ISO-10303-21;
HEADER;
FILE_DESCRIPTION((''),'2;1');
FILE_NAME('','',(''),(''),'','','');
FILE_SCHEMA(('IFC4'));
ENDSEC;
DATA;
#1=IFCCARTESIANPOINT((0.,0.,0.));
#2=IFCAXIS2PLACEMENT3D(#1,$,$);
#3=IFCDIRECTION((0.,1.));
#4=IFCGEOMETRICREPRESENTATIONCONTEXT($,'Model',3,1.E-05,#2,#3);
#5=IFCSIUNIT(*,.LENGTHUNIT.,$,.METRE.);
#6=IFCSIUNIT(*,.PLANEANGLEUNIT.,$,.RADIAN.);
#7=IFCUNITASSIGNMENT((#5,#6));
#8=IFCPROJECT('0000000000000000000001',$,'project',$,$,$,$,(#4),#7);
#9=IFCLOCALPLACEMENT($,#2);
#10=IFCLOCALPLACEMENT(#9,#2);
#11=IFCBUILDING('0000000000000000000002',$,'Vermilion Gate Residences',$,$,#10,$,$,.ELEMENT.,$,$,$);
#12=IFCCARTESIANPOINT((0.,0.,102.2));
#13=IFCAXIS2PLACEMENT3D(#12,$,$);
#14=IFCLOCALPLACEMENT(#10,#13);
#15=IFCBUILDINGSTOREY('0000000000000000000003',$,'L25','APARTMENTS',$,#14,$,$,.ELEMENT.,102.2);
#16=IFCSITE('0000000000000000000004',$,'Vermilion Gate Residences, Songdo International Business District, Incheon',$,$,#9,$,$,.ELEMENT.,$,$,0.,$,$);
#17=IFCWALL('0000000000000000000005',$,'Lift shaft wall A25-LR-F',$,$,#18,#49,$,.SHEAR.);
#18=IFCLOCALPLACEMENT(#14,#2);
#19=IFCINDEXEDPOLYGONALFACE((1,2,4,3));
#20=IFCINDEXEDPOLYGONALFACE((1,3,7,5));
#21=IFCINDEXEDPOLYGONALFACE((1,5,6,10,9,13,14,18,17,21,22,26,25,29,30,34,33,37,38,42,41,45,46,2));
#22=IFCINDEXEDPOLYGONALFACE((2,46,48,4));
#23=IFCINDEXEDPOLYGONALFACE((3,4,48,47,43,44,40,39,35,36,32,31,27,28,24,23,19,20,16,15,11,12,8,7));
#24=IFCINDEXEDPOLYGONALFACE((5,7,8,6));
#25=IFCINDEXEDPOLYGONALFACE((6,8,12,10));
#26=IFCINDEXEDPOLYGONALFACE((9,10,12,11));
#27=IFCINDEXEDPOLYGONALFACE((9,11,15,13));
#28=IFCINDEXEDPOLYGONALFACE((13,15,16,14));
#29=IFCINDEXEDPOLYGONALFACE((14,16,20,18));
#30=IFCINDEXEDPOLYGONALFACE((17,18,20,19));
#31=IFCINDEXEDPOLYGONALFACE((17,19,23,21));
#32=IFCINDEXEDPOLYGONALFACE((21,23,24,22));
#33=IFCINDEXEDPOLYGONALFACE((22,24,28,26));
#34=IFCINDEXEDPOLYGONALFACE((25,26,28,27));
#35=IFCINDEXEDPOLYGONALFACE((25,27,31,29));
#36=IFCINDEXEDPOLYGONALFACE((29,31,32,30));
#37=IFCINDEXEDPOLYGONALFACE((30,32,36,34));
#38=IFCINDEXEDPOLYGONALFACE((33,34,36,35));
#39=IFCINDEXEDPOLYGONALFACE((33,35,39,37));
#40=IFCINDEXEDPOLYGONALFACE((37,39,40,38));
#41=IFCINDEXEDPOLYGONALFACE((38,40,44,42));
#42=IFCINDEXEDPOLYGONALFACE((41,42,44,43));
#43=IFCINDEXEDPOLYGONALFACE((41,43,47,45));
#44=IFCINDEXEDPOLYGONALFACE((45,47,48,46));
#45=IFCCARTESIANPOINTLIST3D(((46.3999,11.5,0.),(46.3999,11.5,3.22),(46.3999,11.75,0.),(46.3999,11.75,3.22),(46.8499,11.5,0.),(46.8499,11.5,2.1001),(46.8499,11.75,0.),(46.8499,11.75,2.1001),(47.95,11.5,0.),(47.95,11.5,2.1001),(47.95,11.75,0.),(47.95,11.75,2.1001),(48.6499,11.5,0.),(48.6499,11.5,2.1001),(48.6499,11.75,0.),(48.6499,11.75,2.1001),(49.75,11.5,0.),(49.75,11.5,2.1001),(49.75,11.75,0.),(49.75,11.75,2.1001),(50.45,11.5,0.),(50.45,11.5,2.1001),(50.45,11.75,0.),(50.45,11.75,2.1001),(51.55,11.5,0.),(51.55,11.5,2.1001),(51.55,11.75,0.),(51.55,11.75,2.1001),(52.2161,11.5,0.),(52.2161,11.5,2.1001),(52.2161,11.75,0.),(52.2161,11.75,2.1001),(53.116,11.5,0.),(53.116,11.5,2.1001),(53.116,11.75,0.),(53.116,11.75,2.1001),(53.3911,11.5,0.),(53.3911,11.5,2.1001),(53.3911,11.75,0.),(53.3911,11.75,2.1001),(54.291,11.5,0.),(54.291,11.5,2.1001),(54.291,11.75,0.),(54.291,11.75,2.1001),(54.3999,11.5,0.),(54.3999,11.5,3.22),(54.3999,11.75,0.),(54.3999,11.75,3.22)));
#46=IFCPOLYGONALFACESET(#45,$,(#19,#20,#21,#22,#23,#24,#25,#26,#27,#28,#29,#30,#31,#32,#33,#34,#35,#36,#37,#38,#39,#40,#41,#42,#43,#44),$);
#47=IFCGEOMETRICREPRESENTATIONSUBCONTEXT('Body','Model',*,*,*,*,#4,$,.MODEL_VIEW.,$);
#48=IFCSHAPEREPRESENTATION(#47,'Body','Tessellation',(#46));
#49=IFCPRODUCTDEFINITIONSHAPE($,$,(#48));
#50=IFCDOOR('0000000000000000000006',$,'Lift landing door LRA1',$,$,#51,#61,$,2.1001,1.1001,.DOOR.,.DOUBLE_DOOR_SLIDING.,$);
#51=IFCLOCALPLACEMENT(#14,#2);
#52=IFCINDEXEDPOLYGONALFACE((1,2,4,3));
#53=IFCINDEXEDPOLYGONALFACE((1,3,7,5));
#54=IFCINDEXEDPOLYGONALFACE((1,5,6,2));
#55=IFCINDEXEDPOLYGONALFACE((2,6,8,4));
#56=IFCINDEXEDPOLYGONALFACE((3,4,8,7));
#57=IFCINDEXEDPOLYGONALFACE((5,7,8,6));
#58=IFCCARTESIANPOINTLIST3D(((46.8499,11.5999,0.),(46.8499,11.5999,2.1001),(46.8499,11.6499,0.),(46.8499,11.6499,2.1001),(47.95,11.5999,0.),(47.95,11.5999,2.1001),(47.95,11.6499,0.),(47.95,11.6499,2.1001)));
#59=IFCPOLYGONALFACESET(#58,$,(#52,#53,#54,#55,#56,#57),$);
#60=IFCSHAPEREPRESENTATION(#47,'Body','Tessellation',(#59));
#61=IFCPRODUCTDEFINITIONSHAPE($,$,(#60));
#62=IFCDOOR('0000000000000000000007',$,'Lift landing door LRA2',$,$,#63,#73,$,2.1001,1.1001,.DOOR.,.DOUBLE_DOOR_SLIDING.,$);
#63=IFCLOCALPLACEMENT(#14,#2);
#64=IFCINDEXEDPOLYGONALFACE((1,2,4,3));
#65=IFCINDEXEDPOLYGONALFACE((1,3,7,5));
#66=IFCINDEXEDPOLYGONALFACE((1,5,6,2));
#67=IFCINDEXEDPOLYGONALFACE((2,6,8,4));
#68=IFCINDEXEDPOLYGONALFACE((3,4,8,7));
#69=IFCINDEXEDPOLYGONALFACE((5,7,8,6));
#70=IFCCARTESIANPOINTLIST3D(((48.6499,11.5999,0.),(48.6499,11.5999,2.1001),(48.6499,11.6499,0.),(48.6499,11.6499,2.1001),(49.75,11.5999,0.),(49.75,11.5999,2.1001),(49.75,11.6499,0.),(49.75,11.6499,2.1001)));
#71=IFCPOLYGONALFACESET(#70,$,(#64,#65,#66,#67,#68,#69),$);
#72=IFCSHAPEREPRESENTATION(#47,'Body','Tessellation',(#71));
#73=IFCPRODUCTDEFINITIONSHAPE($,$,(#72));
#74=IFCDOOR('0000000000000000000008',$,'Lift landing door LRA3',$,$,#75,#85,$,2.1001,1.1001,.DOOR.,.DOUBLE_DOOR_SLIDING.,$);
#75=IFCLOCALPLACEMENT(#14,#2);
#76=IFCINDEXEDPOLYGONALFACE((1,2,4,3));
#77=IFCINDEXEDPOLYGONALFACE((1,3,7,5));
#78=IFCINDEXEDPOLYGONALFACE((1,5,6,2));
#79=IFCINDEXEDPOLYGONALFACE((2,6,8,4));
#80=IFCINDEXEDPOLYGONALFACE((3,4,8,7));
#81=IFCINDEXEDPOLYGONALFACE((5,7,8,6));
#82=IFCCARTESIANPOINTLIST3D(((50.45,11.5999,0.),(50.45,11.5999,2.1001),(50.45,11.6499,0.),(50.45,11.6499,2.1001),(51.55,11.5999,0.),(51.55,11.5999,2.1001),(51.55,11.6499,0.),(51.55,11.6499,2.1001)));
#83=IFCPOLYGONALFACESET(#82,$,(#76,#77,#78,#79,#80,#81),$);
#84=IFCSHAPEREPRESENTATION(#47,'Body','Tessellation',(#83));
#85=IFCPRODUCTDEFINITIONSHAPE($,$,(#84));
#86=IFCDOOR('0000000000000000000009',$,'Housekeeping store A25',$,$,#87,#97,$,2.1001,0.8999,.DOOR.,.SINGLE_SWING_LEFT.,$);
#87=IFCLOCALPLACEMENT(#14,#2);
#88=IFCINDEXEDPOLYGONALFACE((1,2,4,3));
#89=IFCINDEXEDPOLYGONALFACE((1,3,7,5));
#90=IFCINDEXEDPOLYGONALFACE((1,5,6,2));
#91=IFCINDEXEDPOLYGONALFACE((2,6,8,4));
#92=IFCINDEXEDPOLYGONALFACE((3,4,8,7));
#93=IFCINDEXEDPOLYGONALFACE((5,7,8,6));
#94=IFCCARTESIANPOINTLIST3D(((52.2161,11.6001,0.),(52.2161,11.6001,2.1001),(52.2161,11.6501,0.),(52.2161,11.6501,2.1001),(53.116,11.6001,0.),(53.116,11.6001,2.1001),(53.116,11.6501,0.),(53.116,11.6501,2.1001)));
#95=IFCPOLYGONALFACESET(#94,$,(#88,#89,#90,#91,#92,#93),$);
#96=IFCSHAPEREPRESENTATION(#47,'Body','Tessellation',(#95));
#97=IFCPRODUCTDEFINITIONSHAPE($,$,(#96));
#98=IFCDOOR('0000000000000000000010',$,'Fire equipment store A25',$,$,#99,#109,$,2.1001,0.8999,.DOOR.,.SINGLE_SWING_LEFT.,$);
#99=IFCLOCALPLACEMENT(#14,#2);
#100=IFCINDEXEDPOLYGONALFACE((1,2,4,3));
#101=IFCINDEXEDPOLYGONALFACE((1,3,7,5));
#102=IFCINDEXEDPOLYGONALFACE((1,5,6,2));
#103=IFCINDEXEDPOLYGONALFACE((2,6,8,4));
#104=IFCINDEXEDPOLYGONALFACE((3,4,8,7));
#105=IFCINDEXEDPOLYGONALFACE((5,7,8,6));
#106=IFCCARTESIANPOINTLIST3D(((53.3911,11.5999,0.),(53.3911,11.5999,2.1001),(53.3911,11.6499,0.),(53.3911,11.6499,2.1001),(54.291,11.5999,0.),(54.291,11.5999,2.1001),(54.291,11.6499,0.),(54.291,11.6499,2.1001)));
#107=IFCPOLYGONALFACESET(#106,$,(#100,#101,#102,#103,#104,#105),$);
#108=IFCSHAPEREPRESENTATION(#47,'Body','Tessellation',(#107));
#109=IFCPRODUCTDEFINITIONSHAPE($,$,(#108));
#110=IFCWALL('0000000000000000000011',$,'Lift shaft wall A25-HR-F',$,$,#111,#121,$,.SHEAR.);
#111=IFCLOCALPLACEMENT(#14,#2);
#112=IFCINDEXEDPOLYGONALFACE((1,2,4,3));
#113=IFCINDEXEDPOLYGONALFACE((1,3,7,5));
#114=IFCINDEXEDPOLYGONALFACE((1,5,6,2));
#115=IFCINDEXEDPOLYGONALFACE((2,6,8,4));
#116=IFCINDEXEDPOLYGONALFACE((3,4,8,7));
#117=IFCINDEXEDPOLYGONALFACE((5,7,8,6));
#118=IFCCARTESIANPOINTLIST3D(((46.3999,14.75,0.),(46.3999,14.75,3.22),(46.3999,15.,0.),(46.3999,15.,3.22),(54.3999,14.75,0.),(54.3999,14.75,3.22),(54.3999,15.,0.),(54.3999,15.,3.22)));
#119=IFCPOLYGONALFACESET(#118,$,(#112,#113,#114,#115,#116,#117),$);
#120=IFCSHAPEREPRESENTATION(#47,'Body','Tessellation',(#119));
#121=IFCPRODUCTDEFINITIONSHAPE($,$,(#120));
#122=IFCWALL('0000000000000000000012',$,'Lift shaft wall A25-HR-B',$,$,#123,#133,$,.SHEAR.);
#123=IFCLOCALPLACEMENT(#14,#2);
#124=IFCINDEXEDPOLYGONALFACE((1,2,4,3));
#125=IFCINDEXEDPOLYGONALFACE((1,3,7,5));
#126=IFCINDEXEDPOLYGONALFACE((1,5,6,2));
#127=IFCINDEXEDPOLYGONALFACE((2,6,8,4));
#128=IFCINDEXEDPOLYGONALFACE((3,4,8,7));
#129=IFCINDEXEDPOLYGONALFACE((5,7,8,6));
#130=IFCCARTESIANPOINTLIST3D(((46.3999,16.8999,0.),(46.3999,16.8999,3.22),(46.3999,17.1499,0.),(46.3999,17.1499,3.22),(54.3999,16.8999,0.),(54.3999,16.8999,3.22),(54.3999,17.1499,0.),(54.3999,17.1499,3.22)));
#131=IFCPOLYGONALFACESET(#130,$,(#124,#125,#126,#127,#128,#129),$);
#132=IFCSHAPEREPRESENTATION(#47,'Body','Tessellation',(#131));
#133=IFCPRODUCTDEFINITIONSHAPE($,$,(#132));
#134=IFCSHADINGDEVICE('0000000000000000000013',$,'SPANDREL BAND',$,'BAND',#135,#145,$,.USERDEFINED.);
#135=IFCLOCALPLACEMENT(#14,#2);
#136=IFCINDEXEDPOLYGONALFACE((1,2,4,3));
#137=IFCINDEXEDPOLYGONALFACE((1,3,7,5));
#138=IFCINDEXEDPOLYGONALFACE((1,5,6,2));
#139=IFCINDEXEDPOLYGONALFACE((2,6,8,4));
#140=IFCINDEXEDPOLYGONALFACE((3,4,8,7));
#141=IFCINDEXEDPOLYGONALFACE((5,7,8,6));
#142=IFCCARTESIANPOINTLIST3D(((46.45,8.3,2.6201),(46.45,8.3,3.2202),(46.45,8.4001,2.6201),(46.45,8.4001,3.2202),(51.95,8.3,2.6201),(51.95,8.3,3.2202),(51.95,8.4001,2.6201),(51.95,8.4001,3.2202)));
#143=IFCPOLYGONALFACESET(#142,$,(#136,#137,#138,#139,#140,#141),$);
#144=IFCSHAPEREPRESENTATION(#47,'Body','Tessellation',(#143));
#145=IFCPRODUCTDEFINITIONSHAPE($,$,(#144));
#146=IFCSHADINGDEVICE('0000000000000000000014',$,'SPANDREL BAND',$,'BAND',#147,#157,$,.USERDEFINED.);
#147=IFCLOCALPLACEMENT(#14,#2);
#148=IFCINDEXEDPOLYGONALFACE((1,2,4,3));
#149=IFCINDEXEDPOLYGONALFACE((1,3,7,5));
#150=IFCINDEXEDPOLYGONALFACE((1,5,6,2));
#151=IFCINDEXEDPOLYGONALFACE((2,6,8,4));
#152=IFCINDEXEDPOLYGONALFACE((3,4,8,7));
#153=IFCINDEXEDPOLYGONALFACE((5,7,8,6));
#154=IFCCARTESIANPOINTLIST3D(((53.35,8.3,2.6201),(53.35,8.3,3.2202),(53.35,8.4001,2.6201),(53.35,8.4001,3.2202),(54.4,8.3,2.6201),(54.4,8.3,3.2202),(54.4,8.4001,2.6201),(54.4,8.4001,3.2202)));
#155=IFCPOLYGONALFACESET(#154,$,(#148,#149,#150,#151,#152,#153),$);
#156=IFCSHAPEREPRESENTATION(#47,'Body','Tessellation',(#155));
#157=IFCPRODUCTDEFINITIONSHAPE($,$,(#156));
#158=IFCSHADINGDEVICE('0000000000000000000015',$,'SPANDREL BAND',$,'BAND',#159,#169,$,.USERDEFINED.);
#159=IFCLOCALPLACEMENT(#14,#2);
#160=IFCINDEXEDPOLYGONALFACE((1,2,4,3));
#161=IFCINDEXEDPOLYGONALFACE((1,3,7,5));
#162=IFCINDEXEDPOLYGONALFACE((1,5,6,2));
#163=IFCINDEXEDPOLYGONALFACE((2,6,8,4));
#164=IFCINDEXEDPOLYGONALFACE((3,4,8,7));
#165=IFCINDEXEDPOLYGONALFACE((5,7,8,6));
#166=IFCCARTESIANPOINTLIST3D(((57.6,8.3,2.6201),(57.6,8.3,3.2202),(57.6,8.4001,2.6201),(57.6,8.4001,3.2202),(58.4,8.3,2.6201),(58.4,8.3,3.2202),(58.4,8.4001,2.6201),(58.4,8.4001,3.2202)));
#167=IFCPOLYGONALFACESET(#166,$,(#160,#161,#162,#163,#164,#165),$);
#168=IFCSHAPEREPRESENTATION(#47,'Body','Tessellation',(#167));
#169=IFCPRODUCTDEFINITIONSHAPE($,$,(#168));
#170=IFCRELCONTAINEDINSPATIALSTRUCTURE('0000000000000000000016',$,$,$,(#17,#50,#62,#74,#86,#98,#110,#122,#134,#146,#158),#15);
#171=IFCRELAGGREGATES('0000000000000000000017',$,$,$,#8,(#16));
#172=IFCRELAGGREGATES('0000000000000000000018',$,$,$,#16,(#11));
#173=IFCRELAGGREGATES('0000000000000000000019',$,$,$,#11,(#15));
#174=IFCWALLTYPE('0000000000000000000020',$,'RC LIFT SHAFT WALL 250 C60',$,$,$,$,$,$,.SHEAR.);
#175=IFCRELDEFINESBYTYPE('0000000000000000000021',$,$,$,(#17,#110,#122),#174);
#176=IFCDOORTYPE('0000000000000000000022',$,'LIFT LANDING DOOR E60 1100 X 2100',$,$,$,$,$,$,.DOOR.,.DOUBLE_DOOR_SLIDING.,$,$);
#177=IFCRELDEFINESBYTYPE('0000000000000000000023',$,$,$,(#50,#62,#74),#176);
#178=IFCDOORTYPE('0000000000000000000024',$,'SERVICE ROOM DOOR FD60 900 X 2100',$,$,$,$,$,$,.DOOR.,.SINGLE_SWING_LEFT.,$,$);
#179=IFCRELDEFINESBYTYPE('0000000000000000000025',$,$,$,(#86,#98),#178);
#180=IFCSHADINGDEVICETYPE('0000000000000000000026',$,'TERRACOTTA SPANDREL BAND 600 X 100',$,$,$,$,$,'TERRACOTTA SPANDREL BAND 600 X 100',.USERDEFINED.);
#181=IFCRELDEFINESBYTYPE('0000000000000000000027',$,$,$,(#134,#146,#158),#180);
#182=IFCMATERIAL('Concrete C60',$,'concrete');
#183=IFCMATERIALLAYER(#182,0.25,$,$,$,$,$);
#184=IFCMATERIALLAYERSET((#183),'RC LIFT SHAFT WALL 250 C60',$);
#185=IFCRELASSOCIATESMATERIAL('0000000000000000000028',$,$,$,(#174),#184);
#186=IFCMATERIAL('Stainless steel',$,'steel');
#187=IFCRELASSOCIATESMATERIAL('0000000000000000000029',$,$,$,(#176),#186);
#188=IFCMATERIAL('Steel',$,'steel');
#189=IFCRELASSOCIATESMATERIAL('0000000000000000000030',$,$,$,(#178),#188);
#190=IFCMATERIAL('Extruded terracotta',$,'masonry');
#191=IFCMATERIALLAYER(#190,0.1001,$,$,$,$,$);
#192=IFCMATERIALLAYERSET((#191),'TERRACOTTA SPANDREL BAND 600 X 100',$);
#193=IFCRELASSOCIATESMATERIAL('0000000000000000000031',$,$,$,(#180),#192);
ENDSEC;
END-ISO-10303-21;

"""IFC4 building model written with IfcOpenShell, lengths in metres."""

from ifc_helpers import new_model, si_unit, direction, frame, frame_2d, origin, origin_2d, place, context, subcontext, project, spatial, rectangle, extrude, material, layer, layer_set, type_object, element, fill, save


model = new_model("IFC4")

# Units and contexts
model_context = context("Model", 3, precision=1e-05, world=origin(), true_north=direction((0.0, 1.0)))
body_context = subcontext(model_context, "Body", "Model", "MODEL_VIEW")
ifc_project = project(units=[si_unit("LENGTHUNIT", "METRE"), si_unit("PLANEANGLEUNIT", "RADIAN")], contexts=[model_context])

# Site, building, storey
site_placement = place(None, origin())
site = spatial("IfcSite", under=ifc_project, at=site_placement, Name="Vermilion Gate Residences, Songdo International Business District, Incheon", CompositionType="ELEMENT", RefElevation=0.0)
building_placement = place(site_placement, origin())
building = spatial("IfcBuilding", under=site, at=building_placement, Name="Vermilion Gate Residences", CompositionType="ELEMENT")
storey_placement = place(building_placement, frame((0.0, 0.0, 102.2)))
storey = spatial("IfcBuildingStorey", under=building, at=storey_placement, Name="L25", Description="APARTMENTS", CompositionType="ELEMENT", Elevation=102.2)

# Wall, openings, doors
ifc_material_1 = material(Name="Concrete C60", Category="concrete")
ifc_layer_1 = layer(ifc_material_1, 0.25)
ifc_layer_set_1 = layer_set([ifc_layer_1], Name="RC LIFT SHAFT WALL 250 C60")
wall_type_1 = type_object("IfcWallType", Name="RC LIFT SHAFT WALL 250 C60", PredefinedType="SHEAR", material=ifc_layer_set_1)
wall_1_placement = place(storey_placement, frame((46.3999, 11.625, 0.0), z_axis=(0.0, 0.0, 1.0), x_axis=(1.0, 0.0, 0.0)))
wall_1 = element("IfcWall", 1, at=wall_1_placement, inside=storey, type_object=wall_type_1, Name="Lift shaft wall A25-LR-F", PredefinedType="SHEAR", context=body_context, shape_type="SweptSolid", body=[
    extrude(rectangle(XDim=8.0, YDim=0.25, at=frame_2d((4.0, 0.0))), origin(), (0.0, 0.0, 1.0), 3.22),
])
opening_1_placement = place(wall_1_placement, frame((0.45, 0.0, 0.0)))
opening_1 = element("IfcOpeningElement", 2, at=opening_1_placement, cuts=wall_1, PredefinedType="OPENING", context=body_context, shape_type="SweptSolid", body=[
    extrude(rectangle(XDim=1.1001, YDim=2.1001, at=frame_2d((0.55, 1.05))), frame((0.0, 0.135, 0.0), z_axis=(0.0, -1.0, 0.0), x_axis=(1.0, 0.0, 0.0)), (0.0, 0.0, 1.0), 0.27),
])
opening_2_placement = place(wall_1_placement, frame((2.25, 0.0, 0.0)))
opening_2 = element("IfcOpeningElement", 3, at=opening_2_placement, cuts=wall_1, PredefinedType="OPENING", context=body_context, shape_type="SweptSolid", body=[
    extrude(rectangle(XDim=1.1001, YDim=2.1001, at=frame_2d((0.55, 1.05))), frame((0.0, 0.135, 0.0), z_axis=(0.0, -1.0, 0.0), x_axis=(1.0, 0.0, 0.0)), (0.0, 0.0, 1.0), 0.27),
])
opening_3_placement = place(wall_1_placement, frame((4.05, 0.0, 0.0)))
opening_3 = element("IfcOpeningElement", 4, at=opening_3_placement, cuts=wall_1, PredefinedType="OPENING", context=body_context, shape_type="SweptSolid", body=[
    extrude(rectangle(XDim=1.1001, YDim=2.1001, at=frame_2d((0.55, 1.05))), frame((0.0, 0.135, 0.0), z_axis=(0.0, -1.0, 0.0), x_axis=(1.0, 0.0, 0.0)), (0.0, 0.0, 1.0), 0.27),
])
opening_4_placement = place(wall_1_placement, frame((5.8162, 0.0, 0.0)))
opening_4 = element("IfcOpeningElement", 5, at=opening_4_placement, cuts=wall_1, PredefinedType="OPENING", context=body_context, shape_type="SweptSolid", body=[
    extrude(rectangle(XDim=0.8999, YDim=2.1001, at=frame_2d((0.45, 1.05))), frame((0.0, 0.135, 0.0), z_axis=(0.0, -1.0, 0.0), x_axis=(1.0, 0.0, 0.0)), (0.0, 0.0, 1.0), 0.27),
])
opening_5_placement = place(wall_1_placement, frame((6.9912, 0.0, 0.0)))
opening_5 = element("IfcOpeningElement", 6, at=opening_5_placement, cuts=wall_1, PredefinedType="OPENING", context=body_context, shape_type="SweptSolid", body=[
    extrude(rectangle(XDim=0.8999, YDim=2.1001, at=frame_2d((0.45, 1.05))), frame((0.0, 0.135, 0.0), z_axis=(0.0, -1.0, 0.0), x_axis=(1.0, 0.0, 0.0)), (0.0, 0.0, 1.0), 0.27),
])
ifc_material_2 = material(Name="Stainless steel", Category="steel")
door_type_1 = type_object("IfcDoorType", Name="LIFT LANDING DOOR E60 1100 X 2100", OperationType="DOUBLE_DOOR_SLIDING", PredefinedType="DOOR", material=ifc_material_2)
door_1_placement = place(opening_1_placement, origin())
door_1 = element("IfcDoor", 7, at=door_1_placement, inside=storey, type_object=door_type_1, Name="Lift landing door LRA1", OperationType="DOUBLE_DOOR_SLIDING", OverallHeight=2.1001, OverallWidth=1.1001, PredefinedType="DOOR", context=body_context, shape_type="SweptSolid", body=[
    extrude(rectangle(XDim=1.1001, YDim=2.1001, at=frame_2d((0.55, 1.05))), frame((0.0, 0.0249, 0.0), z_axis=(0.0, -1.0, 0.0), x_axis=(1.0, 0.0, 0.0)), (0.0, 0.0, 1.0), 0.05),
])
fill(opening_1, door_1)
door_2_placement = place(opening_2_placement, origin())
door_2 = element("IfcDoor", 8, at=door_2_placement, inside=storey, type_object=door_type_1, Name="Lift landing door LRA2", OperationType="DOUBLE_DOOR_SLIDING", OverallHeight=2.1001, OverallWidth=1.1001, PredefinedType="DOOR", context=body_context, shape_type="SweptSolid", body=[
    extrude(rectangle(XDim=1.1001, YDim=2.1001, at=frame_2d((0.55, 1.05))), frame((0.0, 0.0249, 0.0), z_axis=(0.0, -1.0, 0.0), x_axis=(1.0, 0.0, 0.0)), (0.0, 0.0, 1.0), 0.05),
])
fill(opening_2, door_2)
door_3_placement = place(opening_3_placement, origin())
door_3 = element("IfcDoor", 9, at=door_3_placement, inside=storey, type_object=door_type_1, Name="Lift landing door LRA3", OperationType="DOUBLE_DOOR_SLIDING", OverallHeight=2.1001, OverallWidth=1.1001, PredefinedType="DOOR", context=body_context, shape_type="SweptSolid", body=[
    extrude(rectangle(XDim=1.1001, YDim=2.1001, at=frame_2d((0.55, 1.05))), frame((0.0, 0.0249, 0.0), z_axis=(0.0, -1.0, 0.0), x_axis=(1.0, 0.0, 0.0)), (0.0, 0.0, 1.0), 0.05),
])
fill(opening_3, door_3)
ifc_material_3 = material(Name="Steel", Category="steel")
door_type_2 = type_object("IfcDoorType", Name="SERVICE ROOM DOOR FD60 900 X 2100", OperationType="SINGLE_SWING_LEFT", PredefinedType="DOOR", material=ifc_material_3)
door_4_placement = place(opening_4_placement, frame((0.8999, 0.0, 0.0), z_axis=(0.0, 0.0, 1.0), x_axis=(-1.0, 0.0, 0.0)))
door_4 = element("IfcDoor", 10, at=door_4_placement, inside=storey, type_object=door_type_2, Name="Housekeeping store A25", OperationType="SINGLE_SWING_LEFT", OverallHeight=2.1001, OverallWidth=0.8999, PredefinedType="DOOR", context=body_context, shape_type="SweptSolid", body=[
    extrude(rectangle(XDim=0.8999, YDim=2.1001, at=frame_2d((0.45, 1.05))), frame((0.0, 0.0249, 0.0), z_axis=(0.0, -1.0, 0.0), x_axis=(1.0, 0.0, 0.0)), (0.0, 0.0, 1.0), 0.05),
])
fill(opening_4, door_4)
door_5_placement = place(opening_5_placement, origin())
door_5 = element("IfcDoor", 11, at=door_5_placement, inside=storey, type_object=door_type_2, Name="Fire equipment store A25", OperationType="SINGLE_SWING_LEFT", OverallHeight=2.1001, OverallWidth=0.8999, PredefinedType="DOOR", context=body_context, shape_type="SweptSolid", body=[
    extrude(rectangle(XDim=0.8999, YDim=2.1001, at=frame_2d((0.45, 1.05))), frame((0.0, 0.0249, 0.0), z_axis=(0.0, -1.0, 0.0), x_axis=(1.0, 0.0, 0.0)), (0.0, 0.0, 1.0), 0.05),
])
fill(opening_5, door_5)

# Walls
for number, where, z_axis, x_axis, name in (
    (12, (46.3999, 14.875, 0.0), (0.0, 0.0, 1.0), (1.0, 0.0, 0.0), "Lift shaft wall A25-HR-F"),
    (13, (46.3999, 17.0249, 0.0), (0.0, 0.0, 1.0), (1.0, 0.0, 0.0), "Lift shaft wall A25-HR-B"),
):
    element("IfcWall", number, at=place(storey_placement, frame(where, z_axis=z_axis, x_axis=x_axis)), inside=storey, type_object=wall_type_1, Name=name, PredefinedType="SHEAR", context=body_context, shape_type="SweptSolid", body=[
        extrude(rectangle(XDim=8.0, YDim=0.25, at=frame_2d((4.0, 0.0))), origin(), (0.0, 0.0, 1.0), 3.22),
    ])

# Shading devices
ifc_material_4 = material(Name="Extruded terracotta", Category="masonry")
ifc_layer_2 = layer(ifc_material_4, 0.1001)
ifc_layer_set_2 = layer_set([ifc_layer_2], Name="TERRACOTTA SPANDREL BAND 600 X 100")
shading_device_type = type_object("IfcShadingDeviceType", Name="TERRACOTTA SPANDREL BAND 600 X 100", ElementType="TERRACOTTA SPANDREL BAND 600 X 100", PredefinedType="USERDEFINED", material=ifc_layer_set_2)
shading_device_1_placement = place(storey_placement, frame((49.2, 8.3501, 2.6201), z_axis=(0.0, 0.0, 1.0), x_axis=(1.0, 0.0, 0.0)))
element("IfcShadingDevice", 14, at=shading_device_1_placement, inside=storey, type_object=shading_device_type, Name="SPANDREL BAND", ObjectType="BAND", PredefinedType="USERDEFINED", context=body_context, shape_type="SweptSolid", body=[
    extrude(rectangle(XDim=5.5, YDim=0.1001, at=origin_2d()), origin(), (0.0, 0.0, 1.0), 0.6001),
])
shading_device_2_placement = place(storey_placement, frame((53.875, 8.3501, 2.6201), z_axis=(0.0, 0.0, 1.0), x_axis=(1.0, 0.0, 0.0)))
element("IfcShadingDevice", 15, at=shading_device_2_placement, inside=storey, type_object=shading_device_type, Name="SPANDREL BAND", ObjectType="BAND", PredefinedType="USERDEFINED", context=body_context, shape_type="SweptSolid", body=[
    extrude(rectangle(XDim=1.05, YDim=0.1001, at=origin_2d()), origin(), (0.0, 0.0, 1.0), 0.6001),
])
shading_device_3_placement = place(storey_placement, frame((58.0, 8.3501, 2.6201), z_axis=(0.0, 0.0, 1.0), x_axis=(1.0, 0.0, 0.0)))
element("IfcShadingDevice", 16, at=shading_device_3_placement, inside=storey, type_object=shading_device_type, Name="SPANDREL BAND", ObjectType="BAND", PredefinedType="USERDEFINED", context=body_context, shape_type="SweptSolid", body=[
    extrude(rectangle(XDim=0.8, YDim=0.1001, at=origin_2d()), origin(), (0.0, 0.0, 1.0), 0.6001),
])

save(model, "model.ifc")
